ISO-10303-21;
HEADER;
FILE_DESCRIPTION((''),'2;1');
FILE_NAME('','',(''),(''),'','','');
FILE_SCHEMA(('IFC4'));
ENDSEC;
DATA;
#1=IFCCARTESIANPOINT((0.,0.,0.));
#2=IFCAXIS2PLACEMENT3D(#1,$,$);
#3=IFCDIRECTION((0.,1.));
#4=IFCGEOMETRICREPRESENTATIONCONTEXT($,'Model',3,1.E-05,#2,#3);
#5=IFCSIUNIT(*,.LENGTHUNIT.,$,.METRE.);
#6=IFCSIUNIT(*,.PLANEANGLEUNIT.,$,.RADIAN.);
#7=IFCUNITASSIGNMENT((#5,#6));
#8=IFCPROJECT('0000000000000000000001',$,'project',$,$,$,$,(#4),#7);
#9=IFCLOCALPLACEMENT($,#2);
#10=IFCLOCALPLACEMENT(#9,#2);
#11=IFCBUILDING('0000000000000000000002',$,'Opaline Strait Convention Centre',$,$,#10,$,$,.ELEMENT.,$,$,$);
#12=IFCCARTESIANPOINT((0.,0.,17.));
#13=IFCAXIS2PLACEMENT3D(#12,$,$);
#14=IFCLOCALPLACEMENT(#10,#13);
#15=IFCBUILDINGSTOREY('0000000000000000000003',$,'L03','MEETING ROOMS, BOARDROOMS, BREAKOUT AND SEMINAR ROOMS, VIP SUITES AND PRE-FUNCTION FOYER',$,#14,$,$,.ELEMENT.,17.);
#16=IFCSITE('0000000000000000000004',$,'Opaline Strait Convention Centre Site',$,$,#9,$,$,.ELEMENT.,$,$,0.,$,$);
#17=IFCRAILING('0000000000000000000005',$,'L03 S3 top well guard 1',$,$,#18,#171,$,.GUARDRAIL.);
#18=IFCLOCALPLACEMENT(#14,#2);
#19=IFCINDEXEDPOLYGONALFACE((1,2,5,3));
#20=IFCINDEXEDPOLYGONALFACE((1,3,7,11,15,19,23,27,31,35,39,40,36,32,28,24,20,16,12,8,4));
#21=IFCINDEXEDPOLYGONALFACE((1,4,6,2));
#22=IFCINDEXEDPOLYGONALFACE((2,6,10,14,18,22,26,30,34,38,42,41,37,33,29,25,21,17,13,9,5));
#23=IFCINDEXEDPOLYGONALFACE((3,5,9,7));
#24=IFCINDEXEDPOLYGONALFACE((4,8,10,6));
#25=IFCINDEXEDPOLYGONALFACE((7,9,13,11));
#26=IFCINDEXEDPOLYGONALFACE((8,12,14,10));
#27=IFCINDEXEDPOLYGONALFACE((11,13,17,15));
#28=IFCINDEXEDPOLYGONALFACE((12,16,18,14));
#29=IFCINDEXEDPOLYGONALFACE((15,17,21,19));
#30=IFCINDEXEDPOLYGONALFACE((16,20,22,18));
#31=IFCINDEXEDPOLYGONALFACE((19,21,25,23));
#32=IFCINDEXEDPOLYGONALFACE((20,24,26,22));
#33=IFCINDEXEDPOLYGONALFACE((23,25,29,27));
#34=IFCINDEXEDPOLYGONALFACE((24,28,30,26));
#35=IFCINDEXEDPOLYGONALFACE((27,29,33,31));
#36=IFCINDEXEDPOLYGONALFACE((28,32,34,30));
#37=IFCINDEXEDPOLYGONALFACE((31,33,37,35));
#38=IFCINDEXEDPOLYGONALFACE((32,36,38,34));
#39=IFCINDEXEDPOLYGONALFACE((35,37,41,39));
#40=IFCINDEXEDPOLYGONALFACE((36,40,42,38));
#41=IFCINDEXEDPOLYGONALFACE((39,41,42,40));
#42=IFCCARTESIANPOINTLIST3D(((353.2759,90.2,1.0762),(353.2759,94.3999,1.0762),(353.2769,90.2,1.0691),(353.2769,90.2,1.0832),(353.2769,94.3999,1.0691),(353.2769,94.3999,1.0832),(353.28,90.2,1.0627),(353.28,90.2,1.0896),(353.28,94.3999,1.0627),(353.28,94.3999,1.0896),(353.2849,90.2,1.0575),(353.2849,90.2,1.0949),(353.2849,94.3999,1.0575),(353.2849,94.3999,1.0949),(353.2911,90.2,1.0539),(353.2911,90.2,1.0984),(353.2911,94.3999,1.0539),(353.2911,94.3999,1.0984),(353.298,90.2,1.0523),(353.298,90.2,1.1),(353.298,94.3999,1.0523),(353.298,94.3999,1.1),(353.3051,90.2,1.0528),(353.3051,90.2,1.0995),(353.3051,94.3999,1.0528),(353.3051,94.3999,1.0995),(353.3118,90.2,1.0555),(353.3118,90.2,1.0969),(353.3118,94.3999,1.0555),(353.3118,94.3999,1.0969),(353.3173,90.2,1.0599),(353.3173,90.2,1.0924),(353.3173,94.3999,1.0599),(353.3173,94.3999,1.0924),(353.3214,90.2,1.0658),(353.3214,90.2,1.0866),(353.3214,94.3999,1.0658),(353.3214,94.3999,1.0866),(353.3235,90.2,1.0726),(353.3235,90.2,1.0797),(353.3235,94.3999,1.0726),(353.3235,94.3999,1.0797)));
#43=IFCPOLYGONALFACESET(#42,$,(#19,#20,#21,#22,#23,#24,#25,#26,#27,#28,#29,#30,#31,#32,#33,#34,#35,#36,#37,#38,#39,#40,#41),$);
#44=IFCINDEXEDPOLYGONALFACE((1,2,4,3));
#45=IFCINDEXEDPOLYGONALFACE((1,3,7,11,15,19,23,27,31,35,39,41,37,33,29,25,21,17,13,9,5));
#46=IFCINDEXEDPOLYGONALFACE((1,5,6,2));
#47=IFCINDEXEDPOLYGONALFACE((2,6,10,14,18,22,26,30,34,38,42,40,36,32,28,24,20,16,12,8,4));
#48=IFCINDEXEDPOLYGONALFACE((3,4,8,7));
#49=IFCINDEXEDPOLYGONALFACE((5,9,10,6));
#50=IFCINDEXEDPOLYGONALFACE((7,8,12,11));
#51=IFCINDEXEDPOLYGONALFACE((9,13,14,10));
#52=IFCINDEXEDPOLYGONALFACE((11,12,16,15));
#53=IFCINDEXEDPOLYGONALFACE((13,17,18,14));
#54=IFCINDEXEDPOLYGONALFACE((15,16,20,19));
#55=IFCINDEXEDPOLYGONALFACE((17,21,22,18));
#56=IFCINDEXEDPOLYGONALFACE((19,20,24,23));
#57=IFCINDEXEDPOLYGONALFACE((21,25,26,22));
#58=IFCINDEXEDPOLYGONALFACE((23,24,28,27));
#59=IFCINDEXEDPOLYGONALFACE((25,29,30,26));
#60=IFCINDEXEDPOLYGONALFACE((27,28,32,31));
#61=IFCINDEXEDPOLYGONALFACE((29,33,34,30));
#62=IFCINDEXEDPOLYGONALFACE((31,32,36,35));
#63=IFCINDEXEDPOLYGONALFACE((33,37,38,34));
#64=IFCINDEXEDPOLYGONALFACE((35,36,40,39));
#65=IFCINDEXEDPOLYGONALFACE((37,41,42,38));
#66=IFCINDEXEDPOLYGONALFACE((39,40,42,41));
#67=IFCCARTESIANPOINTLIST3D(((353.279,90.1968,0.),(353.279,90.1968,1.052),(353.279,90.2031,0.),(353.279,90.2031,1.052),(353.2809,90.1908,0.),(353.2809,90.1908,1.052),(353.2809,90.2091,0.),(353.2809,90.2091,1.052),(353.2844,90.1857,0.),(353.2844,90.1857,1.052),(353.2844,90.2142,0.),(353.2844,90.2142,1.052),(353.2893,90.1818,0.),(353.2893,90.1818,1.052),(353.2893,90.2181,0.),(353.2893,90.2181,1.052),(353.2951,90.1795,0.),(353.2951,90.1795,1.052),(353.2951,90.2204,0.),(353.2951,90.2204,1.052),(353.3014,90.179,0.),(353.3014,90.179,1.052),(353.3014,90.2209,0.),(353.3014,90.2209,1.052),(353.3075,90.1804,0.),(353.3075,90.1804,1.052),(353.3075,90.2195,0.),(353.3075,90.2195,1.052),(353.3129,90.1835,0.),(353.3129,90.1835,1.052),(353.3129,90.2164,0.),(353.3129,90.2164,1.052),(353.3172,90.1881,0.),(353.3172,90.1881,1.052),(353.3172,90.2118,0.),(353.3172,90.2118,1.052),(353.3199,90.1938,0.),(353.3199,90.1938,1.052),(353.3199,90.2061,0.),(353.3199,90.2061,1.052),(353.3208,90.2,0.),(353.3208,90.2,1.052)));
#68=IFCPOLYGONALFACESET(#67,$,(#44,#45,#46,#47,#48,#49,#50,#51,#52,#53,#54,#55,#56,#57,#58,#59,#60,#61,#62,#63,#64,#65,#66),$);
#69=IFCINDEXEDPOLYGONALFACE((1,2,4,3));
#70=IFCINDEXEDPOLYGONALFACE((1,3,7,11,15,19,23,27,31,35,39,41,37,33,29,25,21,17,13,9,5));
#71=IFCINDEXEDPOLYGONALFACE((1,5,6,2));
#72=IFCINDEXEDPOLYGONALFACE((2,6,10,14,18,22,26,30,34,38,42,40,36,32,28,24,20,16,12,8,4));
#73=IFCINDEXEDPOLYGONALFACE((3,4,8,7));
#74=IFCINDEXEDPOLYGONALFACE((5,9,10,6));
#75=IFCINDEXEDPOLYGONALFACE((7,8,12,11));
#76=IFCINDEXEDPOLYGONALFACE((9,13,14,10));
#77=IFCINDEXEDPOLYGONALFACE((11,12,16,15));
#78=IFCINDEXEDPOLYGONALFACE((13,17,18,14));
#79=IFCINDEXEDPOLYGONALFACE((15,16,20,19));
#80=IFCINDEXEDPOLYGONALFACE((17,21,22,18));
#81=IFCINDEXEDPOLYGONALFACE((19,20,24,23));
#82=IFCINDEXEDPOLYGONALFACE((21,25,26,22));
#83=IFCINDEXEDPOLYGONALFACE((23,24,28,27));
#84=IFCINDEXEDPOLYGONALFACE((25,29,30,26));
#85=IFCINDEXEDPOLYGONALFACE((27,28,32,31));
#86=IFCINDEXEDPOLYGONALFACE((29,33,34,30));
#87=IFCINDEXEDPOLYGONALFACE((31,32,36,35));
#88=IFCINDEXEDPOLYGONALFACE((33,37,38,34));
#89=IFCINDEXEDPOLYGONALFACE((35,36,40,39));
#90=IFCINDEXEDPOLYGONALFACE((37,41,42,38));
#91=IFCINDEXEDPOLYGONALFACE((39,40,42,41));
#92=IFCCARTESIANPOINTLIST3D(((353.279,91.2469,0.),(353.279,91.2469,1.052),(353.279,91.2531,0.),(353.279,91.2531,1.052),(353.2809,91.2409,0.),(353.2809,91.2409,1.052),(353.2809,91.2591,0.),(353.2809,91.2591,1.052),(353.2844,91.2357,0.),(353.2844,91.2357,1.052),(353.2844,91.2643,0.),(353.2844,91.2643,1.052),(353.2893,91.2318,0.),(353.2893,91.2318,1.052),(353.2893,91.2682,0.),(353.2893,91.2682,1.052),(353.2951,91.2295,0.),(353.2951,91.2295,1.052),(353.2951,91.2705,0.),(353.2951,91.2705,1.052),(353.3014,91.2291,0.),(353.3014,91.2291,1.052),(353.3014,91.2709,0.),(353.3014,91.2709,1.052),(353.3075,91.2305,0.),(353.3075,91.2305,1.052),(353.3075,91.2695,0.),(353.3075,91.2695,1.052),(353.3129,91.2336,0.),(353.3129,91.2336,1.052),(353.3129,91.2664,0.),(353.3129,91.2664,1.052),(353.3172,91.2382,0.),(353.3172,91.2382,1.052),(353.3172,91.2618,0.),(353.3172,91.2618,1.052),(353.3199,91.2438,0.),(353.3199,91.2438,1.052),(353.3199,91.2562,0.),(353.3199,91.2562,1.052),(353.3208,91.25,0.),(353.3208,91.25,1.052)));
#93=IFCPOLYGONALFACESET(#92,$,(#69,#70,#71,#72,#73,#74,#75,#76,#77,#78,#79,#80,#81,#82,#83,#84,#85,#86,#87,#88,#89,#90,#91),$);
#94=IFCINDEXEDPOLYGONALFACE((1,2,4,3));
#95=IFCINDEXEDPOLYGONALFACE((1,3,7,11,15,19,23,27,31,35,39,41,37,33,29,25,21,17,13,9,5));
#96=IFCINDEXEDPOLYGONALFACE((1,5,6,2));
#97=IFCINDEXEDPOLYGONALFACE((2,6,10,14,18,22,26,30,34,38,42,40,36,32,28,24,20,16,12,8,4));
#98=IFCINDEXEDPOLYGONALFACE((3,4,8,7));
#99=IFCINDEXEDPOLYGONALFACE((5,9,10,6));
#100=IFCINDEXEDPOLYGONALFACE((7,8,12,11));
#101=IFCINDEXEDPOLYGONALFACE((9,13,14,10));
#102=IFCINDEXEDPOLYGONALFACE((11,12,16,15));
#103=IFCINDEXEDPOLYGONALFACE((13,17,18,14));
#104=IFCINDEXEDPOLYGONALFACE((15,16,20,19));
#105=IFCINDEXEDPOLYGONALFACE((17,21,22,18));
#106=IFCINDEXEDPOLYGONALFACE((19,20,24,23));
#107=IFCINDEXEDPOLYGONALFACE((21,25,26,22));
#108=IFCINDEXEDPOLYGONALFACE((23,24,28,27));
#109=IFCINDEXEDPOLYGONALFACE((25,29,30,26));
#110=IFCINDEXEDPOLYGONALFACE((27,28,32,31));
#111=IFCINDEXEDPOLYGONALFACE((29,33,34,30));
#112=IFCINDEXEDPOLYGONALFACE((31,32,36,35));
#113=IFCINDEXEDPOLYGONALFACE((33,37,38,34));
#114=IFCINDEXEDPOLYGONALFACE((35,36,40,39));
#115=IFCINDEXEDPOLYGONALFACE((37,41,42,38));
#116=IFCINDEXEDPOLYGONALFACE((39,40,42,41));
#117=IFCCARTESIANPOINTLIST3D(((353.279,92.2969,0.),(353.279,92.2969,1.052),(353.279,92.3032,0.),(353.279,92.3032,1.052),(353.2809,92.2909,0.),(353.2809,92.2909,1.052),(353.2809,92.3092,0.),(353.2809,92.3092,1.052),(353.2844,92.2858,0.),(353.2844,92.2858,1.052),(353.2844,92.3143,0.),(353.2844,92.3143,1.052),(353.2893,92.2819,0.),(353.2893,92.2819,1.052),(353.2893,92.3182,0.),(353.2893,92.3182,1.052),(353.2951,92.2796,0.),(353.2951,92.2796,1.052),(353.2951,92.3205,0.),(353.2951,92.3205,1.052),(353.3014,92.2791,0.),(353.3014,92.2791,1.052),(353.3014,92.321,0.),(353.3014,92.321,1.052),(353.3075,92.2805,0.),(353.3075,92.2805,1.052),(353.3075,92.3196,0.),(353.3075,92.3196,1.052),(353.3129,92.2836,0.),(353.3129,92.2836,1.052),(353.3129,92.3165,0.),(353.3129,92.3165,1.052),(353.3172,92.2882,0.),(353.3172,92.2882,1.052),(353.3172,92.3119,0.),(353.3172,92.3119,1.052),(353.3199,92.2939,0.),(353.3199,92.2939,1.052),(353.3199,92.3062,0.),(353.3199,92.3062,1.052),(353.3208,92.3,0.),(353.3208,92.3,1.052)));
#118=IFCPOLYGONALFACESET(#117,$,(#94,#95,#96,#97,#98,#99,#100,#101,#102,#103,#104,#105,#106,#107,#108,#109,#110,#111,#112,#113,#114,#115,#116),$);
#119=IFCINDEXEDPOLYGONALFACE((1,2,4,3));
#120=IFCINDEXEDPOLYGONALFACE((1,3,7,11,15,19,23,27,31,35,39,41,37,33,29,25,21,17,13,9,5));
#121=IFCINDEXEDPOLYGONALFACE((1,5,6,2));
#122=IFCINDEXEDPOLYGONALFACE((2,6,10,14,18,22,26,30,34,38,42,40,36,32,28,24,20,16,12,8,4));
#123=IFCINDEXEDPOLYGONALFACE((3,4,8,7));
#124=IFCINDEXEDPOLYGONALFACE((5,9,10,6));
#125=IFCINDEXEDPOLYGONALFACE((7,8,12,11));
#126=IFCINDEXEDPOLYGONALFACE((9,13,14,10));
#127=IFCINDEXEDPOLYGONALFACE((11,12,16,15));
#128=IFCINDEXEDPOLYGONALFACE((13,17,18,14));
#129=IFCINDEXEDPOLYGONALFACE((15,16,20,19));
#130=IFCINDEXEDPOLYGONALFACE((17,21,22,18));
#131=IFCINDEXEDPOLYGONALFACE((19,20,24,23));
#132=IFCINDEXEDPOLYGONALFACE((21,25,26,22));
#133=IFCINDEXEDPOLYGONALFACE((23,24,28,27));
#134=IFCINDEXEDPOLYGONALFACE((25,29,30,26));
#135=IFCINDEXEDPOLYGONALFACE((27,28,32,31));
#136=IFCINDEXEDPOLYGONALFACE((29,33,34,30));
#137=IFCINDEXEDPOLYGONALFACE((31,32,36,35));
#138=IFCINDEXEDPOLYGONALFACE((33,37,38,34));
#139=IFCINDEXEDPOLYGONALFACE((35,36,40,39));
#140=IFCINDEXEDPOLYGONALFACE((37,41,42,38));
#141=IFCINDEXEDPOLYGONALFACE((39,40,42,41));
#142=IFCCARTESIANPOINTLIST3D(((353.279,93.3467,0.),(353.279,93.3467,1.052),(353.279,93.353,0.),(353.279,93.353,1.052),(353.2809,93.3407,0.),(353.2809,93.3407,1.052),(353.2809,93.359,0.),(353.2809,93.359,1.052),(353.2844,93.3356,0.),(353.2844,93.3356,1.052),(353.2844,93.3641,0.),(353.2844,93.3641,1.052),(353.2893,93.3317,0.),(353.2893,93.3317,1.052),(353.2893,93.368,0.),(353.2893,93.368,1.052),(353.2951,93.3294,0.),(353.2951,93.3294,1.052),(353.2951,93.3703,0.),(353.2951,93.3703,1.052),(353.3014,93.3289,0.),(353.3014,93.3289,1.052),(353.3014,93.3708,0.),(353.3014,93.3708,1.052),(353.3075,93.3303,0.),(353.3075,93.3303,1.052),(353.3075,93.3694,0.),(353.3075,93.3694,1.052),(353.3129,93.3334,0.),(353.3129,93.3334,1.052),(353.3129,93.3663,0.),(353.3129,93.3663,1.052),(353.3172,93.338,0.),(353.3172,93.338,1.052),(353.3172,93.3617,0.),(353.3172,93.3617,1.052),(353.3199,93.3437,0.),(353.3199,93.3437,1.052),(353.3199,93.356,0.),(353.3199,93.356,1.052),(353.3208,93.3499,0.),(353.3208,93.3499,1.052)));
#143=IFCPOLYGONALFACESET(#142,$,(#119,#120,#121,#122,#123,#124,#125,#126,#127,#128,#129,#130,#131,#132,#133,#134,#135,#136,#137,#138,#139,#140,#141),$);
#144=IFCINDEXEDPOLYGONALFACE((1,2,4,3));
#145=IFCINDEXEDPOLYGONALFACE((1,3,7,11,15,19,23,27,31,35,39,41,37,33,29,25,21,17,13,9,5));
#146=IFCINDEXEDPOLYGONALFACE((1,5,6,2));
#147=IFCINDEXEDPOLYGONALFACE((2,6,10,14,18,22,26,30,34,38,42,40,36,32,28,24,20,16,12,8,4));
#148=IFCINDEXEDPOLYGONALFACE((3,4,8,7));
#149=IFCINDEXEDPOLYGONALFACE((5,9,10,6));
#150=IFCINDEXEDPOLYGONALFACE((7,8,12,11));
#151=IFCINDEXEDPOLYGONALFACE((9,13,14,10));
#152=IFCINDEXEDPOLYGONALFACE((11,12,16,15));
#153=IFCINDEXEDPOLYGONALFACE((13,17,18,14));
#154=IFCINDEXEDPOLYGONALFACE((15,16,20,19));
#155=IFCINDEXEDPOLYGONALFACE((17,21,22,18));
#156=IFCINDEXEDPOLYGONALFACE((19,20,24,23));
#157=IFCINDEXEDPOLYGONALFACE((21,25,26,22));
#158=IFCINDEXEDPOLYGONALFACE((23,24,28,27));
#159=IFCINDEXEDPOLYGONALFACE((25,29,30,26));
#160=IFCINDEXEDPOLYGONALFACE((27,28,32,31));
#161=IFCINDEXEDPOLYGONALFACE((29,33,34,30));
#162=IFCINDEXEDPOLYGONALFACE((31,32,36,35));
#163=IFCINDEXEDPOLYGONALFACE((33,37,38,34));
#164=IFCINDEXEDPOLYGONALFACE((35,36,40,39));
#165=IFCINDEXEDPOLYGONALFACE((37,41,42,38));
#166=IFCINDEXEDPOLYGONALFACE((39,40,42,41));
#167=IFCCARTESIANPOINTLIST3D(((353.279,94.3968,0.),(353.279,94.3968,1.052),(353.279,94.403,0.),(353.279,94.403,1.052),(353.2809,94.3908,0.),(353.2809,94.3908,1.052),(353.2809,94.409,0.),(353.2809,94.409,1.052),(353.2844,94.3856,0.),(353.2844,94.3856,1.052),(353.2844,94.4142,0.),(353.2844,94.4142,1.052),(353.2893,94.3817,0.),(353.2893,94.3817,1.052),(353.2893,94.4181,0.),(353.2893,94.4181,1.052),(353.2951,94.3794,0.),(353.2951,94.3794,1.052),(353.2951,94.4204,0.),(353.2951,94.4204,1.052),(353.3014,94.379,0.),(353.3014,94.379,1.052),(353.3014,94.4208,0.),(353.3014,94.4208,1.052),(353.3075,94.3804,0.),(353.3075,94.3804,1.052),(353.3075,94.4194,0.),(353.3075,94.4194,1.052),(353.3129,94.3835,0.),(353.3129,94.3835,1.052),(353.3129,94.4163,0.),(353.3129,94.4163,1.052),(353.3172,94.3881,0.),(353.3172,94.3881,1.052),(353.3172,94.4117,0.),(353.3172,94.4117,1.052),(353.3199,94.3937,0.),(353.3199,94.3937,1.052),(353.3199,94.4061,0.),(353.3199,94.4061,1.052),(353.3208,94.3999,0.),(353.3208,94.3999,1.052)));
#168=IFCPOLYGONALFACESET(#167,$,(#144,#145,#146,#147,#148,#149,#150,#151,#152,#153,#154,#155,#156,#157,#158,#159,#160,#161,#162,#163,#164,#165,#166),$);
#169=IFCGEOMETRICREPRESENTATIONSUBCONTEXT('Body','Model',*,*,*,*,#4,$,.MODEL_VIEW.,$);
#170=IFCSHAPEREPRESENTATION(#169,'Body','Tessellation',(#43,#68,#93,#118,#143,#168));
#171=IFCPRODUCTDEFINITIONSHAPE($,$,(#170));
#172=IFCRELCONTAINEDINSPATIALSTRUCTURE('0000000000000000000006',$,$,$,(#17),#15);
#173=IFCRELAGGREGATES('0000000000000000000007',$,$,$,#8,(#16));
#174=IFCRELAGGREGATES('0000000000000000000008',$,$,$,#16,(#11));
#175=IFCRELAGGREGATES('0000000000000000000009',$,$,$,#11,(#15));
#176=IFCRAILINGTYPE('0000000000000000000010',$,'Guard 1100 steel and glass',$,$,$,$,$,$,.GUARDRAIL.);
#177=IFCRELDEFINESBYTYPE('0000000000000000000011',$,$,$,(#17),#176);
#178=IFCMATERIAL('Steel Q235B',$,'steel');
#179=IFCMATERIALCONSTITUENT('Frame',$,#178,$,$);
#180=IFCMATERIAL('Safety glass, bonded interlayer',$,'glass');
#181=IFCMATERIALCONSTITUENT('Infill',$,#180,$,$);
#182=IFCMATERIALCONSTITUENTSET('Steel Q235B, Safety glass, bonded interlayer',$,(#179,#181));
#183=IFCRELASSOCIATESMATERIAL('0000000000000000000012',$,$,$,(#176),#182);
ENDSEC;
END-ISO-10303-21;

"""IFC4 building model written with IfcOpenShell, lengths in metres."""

from ifc_helpers import new_model, si_unit, direction, frame, origin, origin_2d, place, context, subcontext, project, spatial, circle, extrude, material, constituent, constituent_set, type_object, element, save


model = new_model("IFC4")

# Units and contexts
model_context = context("Model", 3, precision=1e-05, world=origin(), true_north=direction((0.0, 1.0)))
body_context = subcontext(model_context, "Body", "Model", "MODEL_VIEW")
ifc_project = project(units=[si_unit("LENGTHUNIT", "METRE"), si_unit("PLANEANGLEUNIT", "RADIAN")], contexts=[model_context])

# Site, building, storey
site_placement = place(None, origin())
site = spatial("IfcSite", under=ifc_project, at=site_placement, Name="Opaline Strait Convention Centre Site", CompositionType="ELEMENT", RefElevation=0.0)
building_placement = place(site_placement, origin())
building = spatial("IfcBuilding", under=site, at=building_placement, Name="Opaline Strait Convention Centre", CompositionType="ELEMENT")
storey_placement = place(building_placement, frame((0.0, 0.0, 17.0)))
storey = spatial("IfcBuildingStorey", under=building, at=storey_placement, Name="L03", Description="MEETING ROOMS, BOARDROOMS, BREAKOUT AND SEMINAR ROOMS, VIP SUITES AND PRE-FUNCTION FOYER", CompositionType="ELEMENT", Elevation=17.0)

# Shared definitions
ifc_material_1 = material(Name="Steel Q235B", Category="steel")

# Railing
ifc_constituent_1 = constituent(ifc_material_1, Name="Frame")
ifc_material_2 = material(Name="Safety glass, bonded interlayer", Category="glass")
ifc_constituent_2 = constituent(ifc_material_2, Name="Infill")
ifc_constituent_set = constituent_set(constituents=[ifc_constituent_1, ifc_constituent_2], Name="Steel Q235B, Safety glass, bonded interlayer")
railing_type = type_object("IfcRailingType", Name="Guard 1100 steel and glass", PredefinedType="GUARDRAIL", material=ifc_constituent_set)
railing_placement = place(storey_placement, frame((353.2998, 90.2, 0.0)))
element("IfcRailing", 1, at=railing_placement, inside=storey, type_object=railing_type, Name="L03 S3 top well guard 1", PredefinedType="GUARDRAIL", context=body_context, shape_type="SweptSolid", body=[
    extrude(circle(Radius=0.0239, at=origin_2d()), frame((0.0, 0.0, 1.0762), z_axis=(0.0, 1.0, 0.0), x_axis=(-1.0, 0.0, 0.0)), (0.0, 0.0, 1.0), 4.2),
    extrude(circle(Radius=0.021, at=origin_2d()), origin(), (0.0, 0.0, 1.0), 1.052),
    extrude(circle(Radius=0.021, at=origin_2d()), frame((0.0, 1.05, 0.0)), (0.0, 0.0, 1.0), 1.052),
    extrude(circle(Radius=0.021, at=origin_2d()), frame((0.0, 2.1001, 0.0)), (0.0, 0.0, 1.0), 1.052),
    extrude(circle(Radius=0.021, at=origin_2d()), frame((0.0, 3.1499, 0.0)), (0.0, 0.0, 1.0), 1.052),
    extrude(circle(Radius=0.021, at=origin_2d()), frame((0.0, 4.2, 0.0)), (0.0, 0.0, 1.0), 1.052),
])

save(model, "model.ifc")
